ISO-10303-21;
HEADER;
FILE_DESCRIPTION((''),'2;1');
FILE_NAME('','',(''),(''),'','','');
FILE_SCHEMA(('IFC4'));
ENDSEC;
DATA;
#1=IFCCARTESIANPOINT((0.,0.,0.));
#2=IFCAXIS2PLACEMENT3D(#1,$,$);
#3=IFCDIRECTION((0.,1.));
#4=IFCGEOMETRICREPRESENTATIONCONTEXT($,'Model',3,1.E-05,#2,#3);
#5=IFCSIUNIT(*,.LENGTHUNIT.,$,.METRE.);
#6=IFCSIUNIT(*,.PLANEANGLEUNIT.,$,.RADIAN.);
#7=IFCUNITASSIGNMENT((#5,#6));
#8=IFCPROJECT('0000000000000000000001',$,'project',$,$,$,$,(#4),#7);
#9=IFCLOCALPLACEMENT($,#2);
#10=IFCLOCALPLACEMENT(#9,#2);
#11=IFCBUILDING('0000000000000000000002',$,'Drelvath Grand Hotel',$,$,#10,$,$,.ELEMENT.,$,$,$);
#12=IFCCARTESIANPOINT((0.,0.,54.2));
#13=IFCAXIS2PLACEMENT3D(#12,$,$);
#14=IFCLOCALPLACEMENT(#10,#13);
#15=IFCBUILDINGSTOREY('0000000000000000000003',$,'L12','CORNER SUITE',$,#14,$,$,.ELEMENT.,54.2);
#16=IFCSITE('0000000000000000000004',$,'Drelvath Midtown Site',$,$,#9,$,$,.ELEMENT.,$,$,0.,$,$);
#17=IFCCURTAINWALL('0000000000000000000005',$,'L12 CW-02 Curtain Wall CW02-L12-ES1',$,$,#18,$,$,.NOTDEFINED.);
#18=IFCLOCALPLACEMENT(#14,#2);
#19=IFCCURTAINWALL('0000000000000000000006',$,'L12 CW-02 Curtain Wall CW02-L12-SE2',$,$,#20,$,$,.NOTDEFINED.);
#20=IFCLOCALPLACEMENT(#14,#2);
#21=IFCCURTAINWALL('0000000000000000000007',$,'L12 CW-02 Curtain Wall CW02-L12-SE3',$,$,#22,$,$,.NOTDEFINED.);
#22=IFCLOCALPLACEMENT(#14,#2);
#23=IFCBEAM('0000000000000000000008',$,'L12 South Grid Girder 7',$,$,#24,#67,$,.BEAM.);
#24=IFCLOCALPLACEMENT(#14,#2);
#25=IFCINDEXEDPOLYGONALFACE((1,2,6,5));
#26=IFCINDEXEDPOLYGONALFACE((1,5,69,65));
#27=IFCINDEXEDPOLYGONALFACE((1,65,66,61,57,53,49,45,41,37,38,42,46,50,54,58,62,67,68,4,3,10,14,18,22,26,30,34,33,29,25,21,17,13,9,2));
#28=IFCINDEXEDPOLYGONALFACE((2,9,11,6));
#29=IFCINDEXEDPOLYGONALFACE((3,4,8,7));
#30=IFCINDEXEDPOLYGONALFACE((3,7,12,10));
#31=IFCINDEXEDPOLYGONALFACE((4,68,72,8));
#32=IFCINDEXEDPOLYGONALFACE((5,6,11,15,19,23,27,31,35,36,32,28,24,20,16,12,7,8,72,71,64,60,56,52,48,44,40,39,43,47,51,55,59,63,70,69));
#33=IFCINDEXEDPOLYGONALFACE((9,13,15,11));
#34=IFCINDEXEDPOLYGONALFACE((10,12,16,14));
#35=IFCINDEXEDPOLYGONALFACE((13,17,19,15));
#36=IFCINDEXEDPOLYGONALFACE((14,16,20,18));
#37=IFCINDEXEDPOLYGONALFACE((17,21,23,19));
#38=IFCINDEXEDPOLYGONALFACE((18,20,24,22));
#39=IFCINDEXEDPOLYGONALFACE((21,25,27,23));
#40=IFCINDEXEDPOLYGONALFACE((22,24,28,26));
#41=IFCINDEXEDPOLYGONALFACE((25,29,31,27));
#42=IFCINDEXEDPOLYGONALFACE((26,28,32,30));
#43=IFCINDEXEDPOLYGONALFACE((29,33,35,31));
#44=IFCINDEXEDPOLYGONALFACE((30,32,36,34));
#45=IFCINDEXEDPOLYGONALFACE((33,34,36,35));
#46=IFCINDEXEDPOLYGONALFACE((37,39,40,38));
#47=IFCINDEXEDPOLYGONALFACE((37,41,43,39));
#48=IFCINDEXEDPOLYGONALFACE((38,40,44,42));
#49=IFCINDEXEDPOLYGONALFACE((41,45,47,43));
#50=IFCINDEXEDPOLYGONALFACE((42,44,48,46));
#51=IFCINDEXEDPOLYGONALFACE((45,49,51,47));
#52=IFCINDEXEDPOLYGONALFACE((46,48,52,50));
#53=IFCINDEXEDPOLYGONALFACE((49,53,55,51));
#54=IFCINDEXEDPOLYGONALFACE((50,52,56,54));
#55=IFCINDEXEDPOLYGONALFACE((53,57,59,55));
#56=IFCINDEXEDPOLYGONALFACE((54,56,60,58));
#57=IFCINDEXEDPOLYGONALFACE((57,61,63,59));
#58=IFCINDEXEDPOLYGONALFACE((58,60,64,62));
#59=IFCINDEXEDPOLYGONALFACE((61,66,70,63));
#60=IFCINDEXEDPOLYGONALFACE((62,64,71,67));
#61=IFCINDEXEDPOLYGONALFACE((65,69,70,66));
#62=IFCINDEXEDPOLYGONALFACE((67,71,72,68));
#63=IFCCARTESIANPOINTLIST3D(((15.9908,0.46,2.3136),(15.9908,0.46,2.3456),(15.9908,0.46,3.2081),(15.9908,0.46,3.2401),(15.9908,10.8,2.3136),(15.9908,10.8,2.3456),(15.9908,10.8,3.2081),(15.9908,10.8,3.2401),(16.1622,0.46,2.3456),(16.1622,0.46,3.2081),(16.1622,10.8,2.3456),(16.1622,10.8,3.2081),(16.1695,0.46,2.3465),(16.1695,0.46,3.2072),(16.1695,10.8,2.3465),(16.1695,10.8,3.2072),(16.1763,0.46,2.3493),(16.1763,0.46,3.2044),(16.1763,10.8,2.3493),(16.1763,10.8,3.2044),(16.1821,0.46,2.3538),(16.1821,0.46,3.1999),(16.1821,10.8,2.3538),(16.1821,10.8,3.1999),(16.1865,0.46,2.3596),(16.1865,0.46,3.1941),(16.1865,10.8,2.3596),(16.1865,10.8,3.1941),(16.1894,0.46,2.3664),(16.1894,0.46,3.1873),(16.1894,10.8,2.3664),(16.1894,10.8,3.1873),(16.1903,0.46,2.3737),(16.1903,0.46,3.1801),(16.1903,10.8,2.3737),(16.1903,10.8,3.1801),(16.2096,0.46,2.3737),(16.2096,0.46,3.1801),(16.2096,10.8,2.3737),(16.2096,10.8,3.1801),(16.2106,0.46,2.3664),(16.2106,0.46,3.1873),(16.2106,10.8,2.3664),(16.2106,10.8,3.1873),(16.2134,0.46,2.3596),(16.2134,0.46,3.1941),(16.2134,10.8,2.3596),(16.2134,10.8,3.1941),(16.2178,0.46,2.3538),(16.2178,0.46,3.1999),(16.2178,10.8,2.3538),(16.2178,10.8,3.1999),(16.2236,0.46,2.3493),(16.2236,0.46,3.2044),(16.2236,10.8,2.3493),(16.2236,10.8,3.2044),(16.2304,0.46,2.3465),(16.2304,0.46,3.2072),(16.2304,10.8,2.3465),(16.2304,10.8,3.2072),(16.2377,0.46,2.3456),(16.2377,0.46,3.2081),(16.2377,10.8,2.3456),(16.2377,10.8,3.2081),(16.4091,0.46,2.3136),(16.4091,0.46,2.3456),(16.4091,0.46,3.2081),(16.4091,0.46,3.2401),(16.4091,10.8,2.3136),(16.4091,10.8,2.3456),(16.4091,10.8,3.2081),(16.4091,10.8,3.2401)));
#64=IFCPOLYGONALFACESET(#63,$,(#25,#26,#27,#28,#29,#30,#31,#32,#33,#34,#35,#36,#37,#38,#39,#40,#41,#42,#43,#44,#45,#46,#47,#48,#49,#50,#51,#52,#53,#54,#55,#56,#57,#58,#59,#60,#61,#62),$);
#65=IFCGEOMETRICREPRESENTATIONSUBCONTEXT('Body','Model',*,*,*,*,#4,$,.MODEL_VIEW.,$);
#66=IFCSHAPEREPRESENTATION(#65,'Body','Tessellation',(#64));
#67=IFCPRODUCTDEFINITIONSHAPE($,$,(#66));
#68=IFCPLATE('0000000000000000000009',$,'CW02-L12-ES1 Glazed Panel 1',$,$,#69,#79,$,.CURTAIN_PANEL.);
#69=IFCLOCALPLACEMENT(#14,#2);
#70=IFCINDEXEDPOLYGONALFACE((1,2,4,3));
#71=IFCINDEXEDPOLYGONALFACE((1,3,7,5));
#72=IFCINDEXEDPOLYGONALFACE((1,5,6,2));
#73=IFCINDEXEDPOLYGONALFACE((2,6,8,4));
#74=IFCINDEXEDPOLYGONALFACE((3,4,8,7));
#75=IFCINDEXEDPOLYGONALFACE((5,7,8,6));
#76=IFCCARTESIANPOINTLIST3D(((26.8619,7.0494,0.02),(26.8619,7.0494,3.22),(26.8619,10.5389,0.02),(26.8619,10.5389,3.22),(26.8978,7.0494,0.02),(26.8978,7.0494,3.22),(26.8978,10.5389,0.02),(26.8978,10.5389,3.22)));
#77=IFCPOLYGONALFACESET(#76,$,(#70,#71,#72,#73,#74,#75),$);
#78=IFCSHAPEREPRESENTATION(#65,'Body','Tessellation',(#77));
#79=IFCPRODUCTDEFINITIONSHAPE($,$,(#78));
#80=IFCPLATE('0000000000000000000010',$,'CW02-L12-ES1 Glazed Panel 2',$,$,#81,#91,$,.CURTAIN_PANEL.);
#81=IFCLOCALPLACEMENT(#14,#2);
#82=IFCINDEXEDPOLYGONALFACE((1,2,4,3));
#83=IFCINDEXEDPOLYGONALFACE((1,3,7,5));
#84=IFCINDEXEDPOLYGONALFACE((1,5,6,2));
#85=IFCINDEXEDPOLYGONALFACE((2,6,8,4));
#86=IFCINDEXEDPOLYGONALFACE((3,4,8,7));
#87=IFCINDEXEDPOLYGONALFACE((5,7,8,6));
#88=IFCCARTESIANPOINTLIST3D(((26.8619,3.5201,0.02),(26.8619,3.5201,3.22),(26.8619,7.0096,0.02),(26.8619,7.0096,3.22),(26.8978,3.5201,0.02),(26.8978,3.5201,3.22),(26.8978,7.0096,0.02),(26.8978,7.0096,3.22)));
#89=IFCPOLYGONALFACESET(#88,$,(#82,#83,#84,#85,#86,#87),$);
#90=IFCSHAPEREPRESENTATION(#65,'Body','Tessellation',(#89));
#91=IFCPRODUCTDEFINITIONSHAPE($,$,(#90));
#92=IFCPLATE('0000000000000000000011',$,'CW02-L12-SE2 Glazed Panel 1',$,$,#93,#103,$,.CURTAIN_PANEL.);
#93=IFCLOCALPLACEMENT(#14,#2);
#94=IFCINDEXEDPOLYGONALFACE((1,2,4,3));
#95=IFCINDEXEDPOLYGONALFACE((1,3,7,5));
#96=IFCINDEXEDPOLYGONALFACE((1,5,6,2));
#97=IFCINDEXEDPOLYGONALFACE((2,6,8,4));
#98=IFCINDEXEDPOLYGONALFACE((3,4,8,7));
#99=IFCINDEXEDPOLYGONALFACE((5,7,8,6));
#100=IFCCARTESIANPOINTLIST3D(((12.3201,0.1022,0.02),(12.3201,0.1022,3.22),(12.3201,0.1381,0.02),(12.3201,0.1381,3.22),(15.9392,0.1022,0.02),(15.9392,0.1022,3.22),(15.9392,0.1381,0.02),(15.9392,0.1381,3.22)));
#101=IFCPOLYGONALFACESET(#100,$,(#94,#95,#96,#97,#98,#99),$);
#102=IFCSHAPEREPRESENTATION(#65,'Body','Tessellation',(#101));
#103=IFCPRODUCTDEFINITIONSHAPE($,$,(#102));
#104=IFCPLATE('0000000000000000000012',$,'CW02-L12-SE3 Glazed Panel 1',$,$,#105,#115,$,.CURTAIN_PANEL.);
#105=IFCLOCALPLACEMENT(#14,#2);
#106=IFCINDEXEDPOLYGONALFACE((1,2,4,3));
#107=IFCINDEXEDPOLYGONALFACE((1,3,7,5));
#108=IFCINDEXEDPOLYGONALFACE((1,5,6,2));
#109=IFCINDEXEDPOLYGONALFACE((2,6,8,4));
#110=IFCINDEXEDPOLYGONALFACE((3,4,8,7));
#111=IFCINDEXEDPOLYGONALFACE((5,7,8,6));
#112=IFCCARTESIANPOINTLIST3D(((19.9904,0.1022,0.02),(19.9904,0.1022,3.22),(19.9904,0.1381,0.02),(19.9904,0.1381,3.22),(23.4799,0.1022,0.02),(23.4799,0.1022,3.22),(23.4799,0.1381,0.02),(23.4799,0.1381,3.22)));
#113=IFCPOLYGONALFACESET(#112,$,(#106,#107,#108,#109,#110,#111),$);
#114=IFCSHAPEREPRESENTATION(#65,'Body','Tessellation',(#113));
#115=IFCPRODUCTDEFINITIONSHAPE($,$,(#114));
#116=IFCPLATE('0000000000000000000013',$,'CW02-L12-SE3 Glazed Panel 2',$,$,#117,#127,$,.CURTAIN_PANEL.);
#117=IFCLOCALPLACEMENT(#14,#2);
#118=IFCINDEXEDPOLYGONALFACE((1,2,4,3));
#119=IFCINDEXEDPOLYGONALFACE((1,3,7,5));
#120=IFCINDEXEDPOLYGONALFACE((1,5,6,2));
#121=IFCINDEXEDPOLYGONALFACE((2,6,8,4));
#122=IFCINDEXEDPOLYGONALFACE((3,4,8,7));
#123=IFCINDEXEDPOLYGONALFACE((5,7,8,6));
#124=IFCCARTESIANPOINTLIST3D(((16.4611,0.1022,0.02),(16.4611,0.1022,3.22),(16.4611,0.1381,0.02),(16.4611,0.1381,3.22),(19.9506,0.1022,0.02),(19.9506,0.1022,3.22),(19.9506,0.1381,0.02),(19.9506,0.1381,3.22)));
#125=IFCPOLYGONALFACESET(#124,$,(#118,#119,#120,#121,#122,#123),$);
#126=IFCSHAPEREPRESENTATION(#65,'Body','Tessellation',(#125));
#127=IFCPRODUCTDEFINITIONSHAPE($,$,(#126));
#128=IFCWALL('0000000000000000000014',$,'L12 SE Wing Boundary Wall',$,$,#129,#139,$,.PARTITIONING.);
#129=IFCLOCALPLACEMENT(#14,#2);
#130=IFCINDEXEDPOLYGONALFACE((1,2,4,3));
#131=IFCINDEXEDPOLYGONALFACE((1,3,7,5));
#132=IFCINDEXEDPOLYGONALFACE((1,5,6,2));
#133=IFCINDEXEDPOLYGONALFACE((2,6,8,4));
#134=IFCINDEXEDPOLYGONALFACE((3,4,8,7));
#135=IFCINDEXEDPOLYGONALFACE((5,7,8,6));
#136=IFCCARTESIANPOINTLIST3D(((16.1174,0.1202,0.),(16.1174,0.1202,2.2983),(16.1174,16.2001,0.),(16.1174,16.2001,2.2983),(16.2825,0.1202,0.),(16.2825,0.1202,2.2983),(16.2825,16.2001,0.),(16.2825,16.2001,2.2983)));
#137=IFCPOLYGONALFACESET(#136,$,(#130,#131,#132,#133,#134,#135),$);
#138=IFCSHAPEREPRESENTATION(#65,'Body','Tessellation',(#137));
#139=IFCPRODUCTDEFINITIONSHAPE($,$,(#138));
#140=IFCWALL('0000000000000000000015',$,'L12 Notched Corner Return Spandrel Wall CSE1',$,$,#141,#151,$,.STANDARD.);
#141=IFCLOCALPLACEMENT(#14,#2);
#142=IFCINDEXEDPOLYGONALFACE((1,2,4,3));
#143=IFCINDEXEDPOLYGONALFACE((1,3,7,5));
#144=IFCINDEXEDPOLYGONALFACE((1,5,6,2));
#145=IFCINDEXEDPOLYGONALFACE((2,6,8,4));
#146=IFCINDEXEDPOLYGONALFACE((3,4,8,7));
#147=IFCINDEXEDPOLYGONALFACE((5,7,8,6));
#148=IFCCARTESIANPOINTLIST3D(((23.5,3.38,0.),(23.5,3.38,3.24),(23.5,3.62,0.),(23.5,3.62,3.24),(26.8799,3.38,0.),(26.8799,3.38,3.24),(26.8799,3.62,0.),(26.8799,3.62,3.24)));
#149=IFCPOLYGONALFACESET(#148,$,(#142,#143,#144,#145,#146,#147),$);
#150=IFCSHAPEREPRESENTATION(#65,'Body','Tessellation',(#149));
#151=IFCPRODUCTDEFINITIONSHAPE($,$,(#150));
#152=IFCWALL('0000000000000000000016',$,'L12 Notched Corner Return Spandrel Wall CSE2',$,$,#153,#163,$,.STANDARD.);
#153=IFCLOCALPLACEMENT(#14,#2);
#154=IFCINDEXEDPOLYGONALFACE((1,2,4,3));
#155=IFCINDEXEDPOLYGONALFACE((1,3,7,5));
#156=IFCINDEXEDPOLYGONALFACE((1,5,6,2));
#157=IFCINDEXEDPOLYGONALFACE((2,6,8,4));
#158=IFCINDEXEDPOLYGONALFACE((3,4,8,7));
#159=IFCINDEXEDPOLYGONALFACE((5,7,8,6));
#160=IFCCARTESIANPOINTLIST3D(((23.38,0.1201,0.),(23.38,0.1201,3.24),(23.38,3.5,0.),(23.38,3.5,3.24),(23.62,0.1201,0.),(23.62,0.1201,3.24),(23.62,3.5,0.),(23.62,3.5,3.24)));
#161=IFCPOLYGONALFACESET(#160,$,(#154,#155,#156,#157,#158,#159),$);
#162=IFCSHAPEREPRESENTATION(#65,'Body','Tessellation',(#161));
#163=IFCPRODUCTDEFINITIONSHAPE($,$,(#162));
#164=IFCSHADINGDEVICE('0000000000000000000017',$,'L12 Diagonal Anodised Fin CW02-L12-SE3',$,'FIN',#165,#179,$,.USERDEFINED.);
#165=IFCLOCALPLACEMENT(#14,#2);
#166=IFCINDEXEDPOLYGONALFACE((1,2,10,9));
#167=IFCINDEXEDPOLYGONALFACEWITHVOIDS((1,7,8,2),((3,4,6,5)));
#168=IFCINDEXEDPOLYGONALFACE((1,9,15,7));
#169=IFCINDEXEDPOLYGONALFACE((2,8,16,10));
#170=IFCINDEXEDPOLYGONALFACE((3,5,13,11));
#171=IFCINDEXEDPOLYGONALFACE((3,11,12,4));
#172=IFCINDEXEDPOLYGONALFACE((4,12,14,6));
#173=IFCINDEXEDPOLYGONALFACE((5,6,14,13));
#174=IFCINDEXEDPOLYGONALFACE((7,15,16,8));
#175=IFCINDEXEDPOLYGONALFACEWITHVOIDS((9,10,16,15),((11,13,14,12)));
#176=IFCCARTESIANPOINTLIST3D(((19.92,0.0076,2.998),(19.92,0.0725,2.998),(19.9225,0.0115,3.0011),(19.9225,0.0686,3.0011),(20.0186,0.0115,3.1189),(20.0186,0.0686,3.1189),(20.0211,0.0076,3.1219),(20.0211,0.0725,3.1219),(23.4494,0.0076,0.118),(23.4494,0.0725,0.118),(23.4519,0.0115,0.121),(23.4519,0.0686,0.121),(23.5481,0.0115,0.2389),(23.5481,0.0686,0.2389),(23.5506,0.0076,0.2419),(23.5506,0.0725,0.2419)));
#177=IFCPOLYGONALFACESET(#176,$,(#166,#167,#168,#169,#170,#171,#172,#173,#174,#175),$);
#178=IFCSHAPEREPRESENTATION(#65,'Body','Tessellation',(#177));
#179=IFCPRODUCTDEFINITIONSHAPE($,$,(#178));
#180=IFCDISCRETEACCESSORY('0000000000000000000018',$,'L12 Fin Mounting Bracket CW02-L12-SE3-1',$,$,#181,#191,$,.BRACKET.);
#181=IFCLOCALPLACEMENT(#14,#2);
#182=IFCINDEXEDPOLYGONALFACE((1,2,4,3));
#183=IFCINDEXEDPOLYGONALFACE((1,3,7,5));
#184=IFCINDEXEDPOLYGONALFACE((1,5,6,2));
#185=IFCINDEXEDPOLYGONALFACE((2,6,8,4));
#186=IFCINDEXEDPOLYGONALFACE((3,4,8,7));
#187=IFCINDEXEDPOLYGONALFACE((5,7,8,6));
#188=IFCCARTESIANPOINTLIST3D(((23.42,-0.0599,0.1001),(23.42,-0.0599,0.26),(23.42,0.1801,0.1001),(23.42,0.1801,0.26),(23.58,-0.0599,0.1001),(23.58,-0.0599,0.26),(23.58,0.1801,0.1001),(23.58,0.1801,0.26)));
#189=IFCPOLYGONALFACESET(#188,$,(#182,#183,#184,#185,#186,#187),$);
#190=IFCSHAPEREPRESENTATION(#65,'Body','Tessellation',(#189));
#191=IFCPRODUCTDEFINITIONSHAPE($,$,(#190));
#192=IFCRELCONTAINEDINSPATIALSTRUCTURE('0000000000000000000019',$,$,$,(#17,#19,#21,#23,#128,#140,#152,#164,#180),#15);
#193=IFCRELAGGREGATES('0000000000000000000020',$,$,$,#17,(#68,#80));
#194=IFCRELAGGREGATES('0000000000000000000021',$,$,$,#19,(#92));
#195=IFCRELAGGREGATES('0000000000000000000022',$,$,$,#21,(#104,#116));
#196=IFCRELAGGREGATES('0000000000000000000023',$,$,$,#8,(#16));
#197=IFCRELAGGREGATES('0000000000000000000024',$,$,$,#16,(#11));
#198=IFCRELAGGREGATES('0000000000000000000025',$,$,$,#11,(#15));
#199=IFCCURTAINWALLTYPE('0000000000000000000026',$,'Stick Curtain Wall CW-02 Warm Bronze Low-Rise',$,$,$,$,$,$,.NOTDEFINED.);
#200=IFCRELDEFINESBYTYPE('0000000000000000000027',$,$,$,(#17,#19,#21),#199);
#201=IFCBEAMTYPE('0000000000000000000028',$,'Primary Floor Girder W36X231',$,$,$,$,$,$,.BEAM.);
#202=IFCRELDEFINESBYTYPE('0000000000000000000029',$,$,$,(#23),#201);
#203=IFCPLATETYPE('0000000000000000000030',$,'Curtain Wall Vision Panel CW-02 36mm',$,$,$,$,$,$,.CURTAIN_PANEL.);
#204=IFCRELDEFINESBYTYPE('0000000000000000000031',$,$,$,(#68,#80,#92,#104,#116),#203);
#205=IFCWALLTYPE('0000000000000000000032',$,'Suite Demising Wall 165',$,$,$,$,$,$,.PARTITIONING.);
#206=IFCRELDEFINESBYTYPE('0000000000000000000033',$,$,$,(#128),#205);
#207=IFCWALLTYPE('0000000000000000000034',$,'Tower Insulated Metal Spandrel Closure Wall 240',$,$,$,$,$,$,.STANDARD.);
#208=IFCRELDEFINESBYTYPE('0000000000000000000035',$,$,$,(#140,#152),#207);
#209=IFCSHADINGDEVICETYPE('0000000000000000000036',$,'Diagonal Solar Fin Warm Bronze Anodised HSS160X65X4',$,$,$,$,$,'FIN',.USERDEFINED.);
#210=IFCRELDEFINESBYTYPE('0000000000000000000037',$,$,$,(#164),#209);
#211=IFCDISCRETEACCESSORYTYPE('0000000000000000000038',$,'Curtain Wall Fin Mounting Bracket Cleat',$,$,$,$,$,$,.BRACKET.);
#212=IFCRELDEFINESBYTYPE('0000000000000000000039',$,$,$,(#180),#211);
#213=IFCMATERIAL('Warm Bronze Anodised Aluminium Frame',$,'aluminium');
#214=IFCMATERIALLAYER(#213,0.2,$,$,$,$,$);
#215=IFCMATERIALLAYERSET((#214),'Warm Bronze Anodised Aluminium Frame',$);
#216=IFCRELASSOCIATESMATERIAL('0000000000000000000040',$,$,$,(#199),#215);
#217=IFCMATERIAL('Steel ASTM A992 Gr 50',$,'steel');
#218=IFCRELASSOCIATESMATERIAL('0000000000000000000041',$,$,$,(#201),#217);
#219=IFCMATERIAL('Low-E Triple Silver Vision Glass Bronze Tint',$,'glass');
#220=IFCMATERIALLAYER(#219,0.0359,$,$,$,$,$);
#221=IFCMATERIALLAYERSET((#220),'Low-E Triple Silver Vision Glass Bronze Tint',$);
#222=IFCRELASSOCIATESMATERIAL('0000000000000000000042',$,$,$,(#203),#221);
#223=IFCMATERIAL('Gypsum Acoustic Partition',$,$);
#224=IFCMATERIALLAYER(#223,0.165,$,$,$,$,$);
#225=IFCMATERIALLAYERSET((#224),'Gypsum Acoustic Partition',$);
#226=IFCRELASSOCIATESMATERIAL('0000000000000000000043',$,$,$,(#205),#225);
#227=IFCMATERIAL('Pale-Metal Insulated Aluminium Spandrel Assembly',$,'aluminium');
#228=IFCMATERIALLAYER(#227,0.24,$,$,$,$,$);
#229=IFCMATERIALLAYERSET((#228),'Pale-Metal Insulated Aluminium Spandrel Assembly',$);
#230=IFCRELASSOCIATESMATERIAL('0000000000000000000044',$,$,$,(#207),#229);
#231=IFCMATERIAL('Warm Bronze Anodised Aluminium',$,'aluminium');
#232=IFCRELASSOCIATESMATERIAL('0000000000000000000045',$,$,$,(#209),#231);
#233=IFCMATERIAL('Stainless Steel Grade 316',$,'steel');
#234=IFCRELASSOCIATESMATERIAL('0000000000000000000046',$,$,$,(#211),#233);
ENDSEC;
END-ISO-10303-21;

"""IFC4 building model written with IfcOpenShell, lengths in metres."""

from ifc_helpers import new_model, si_unit, direction, frame, frame_2d, origin, origin_2d, place, context, subcontext, project, spatial, rectangle, hollow_rectangle, i_section, extrude, material, layer, layer_set, material_profile, profile_set, type_object, element, aggregate, save


model = new_model("IFC4")

# Units and contexts
model_context = context("Model", 3, precision=1e-05, world=origin(), true_north=direction((0.0, 1.0)))
body_context = subcontext(model_context, "Body", "Model", "MODEL_VIEW")
ifc_project = project(units=[si_unit("LENGTHUNIT", "METRE"), si_unit("PLANEANGLEUNIT", "RADIAN")], contexts=[model_context])

# Site, building, storey
site_placement = place(None, origin())
site = spatial("IfcSite", under=ifc_project, at=site_placement, Name="Drelvath Midtown Site", CompositionType="ELEMENT", RefElevation=0.0)
building_placement = place(site_placement, origin())
building = spatial("IfcBuilding", under=site, at=building_placement, Name="Drelvath Grand Hotel", CompositionType="ELEMENT")
storey_placement = place(building_placement, frame((0.0, 0.0, 54.2)))
storey = spatial("IfcBuildingStorey", under=building, at=storey_placement, Name="L12", Description="CORNER SUITE", CompositionType="ELEMENT", Elevation=54.2)

# Shared definitions
ifc_material_1 = material(Name="Steel ASTM A992 Gr 50", Category="steel")

# Curtain walls
ifc_material_2 = material(Name="Warm Bronze Anodised Aluminium Frame", Category="aluminium")
ifc_layer_1 = layer(ifc_material_2, 0.2)
ifc_layer_set_1 = layer_set([ifc_layer_1], Name="Warm Bronze Anodised Aluminium Frame")
curtain_wall_type = type_object("IfcCurtainWallType", Name="Stick Curtain Wall CW-02 Warm Bronze Low-Rise", PredefinedType="NOTDEFINED", material=ifc_layer_set_1)
curtain_wall_1_placement = place(storey_placement, origin())
curtain_wall_1 = element("IfcCurtainWall", 1, at=curtain_wall_1_placement, inside=storey, type_object=curtain_wall_type, Name="L12 CW-02 Curtain Wall CW02-L12-ES1", PredefinedType="NOTDEFINED")
curtain_wall_2_placement = place(storey_placement, origin())
curtain_wall_2 = element("IfcCurtainWall", 2, at=curtain_wall_2_placement, inside=storey, type_object=curtain_wall_type, Name="L12 CW-02 Curtain Wall CW02-L12-SE2", PredefinedType="NOTDEFINED")
curtain_wall_3_placement = place(storey_placement, origin())
curtain_wall_3 = element("IfcCurtainWall", 3, at=curtain_wall_3_placement, inside=storey, type_object=curtain_wall_type, Name="L12 CW-02 Curtain Wall CW02-L12-SE3", PredefinedType="NOTDEFINED")

# Beam
ifc_material_profile_1 = material_profile(ifc_material_1, i_section(OverallWidth=0.4182, OverallDepth=0.9265, WebThickness=0.0193, FlangeThickness=0.032, FilletRadius=0.0281, at=origin_2d()), Name="W36X231")
ifc_profile_set_1 = profile_set([ifc_material_profile_1], Name="Steel ASTM A992 Gr 50")
beam_type_1 = type_object("IfcBeamType", Name="Primary Floor Girder W36X231", PredefinedType="BEAM", material=ifc_profile_set_1)
beam_1_placement = place(storey_placement, frame((16.2, 0.46, 2.7769), z_axis=(0.0, 1.0, 0.0), x_axis=(-1.0, 0.0, 0.0)))
element("IfcBeam", 4, at=beam_1_placement, inside=storey, type_object=beam_type_1, Name="L12 South Grid Girder 7", PredefinedType="BEAM", context=body_context, shape_type="SweptSolid", body=[
    extrude(i_section(OverallWidth=0.4182, OverallDepth=0.9265, WebThickness=0.0193, FlangeThickness=0.032, FilletRadius=0.0281, at=origin_2d()), origin(), (0.0, 0.0, 1.0), 10.3401),
])

# Plates
ifc_material_3 = material(Name="Low-E Triple Silver Vision Glass Bronze Tint", Category="glass")
ifc_layer_2 = layer(ifc_material_3, 0.0359)
ifc_layer_set_2 = layer_set([ifc_layer_2], Name="Low-E Triple Silver Vision Glass Bronze Tint")
plate_type = type_object("IfcPlateType", Name="Curtain Wall Vision Panel CW-02 36mm", PredefinedType="CURTAIN_PANEL", material=ifc_layer_set_2)
plate_1_placement = place(storey_placement, frame((26.8799, 8.7942, 0.02), z_axis=(0.0, 0.0, 1.0), x_axis=(0.0, -1.0, 0.0)))
plate_1 = element("IfcPlate", 5, at=plate_1_placement, type_object=plate_type, Name="CW02-L12-ES1 Glazed Panel 1", PredefinedType="CURTAIN_PANEL", context=body_context, shape_type="SweptSolid", body=[
    extrude(rectangle(XDim=3.4895, YDim=0.0359, at=origin_2d()), origin(), (0.0, 0.0, 1.0), 3.2),
])
plate_2_placement = place(storey_placement, frame((26.8799, 5.2649, 0.02), z_axis=(0.0, 0.0, 1.0), x_axis=(0.0, -1.0, 0.0)))
plate_2 = element("IfcPlate", 6, at=plate_2_placement, type_object=plate_type, Name="CW02-L12-ES1 Glazed Panel 2", PredefinedType="CURTAIN_PANEL", context=body_context, shape_type="SweptSolid", body=[
    extrude(rectangle(XDim=3.4895, YDim=0.0359, at=origin_2d()), origin(), (0.0, 0.0, 1.0), 3.2),
])
aggregate(curtain_wall_1, [plate_1, plate_2])
plate_3_placement = place(storey_placement, frame((14.1296, 0.1201, 0.02), z_axis=(0.0, 0.0, 1.0), x_axis=(-1.0, 0.0, 0.0)))
plate_3 = element("IfcPlate", 7, at=plate_3_placement, type_object=plate_type, Name="CW02-L12-SE2 Glazed Panel 1", PredefinedType="CURTAIN_PANEL", context=body_context, shape_type="SweptSolid", body=[
    extrude(rectangle(XDim=3.6191, YDim=0.0359, at=origin_2d()), origin(), (0.0, 0.0, 1.0), 3.2),
])
aggregate(curtain_wall_2, [plate_3])
plate_4_placement = place(storey_placement, frame((21.7351, 0.1201, 0.02), z_axis=(0.0, 0.0, 1.0), x_axis=(-1.0, 0.0, 0.0)))
plate_4 = element("IfcPlate", 8, at=plate_4_placement, type_object=plate_type, Name="CW02-L12-SE3 Glazed Panel 1", PredefinedType="CURTAIN_PANEL", context=body_context, shape_type="SweptSolid", body=[
    extrude(rectangle(XDim=3.4895, YDim=0.0359, at=origin_2d()), origin(), (0.0, 0.0, 1.0), 3.2),
])
plate_5_placement = place(storey_placement, frame((18.2058, 0.1201, 0.02), z_axis=(0.0, 0.0, 1.0), x_axis=(-1.0, 0.0, 0.0)))
plate_5 = element("IfcPlate", 9, at=plate_5_placement, type_object=plate_type, Name="CW02-L12-SE3 Glazed Panel 2", PredefinedType="CURTAIN_PANEL", context=body_context, shape_type="SweptSolid", body=[
    extrude(rectangle(XDim=3.4895, YDim=0.0359, at=origin_2d()), origin(), (0.0, 0.0, 1.0), 3.2),
])
aggregate(curtain_wall_3, [plate_4, plate_5])

# Walls
ifc_material_4 = material(Name="Gypsum Acoustic Partition")
ifc_layer_3 = layer(ifc_material_4, 0.165)
ifc_layer_set_3 = layer_set([ifc_layer_3], Name="Gypsum Acoustic Partition")
wall_type_1 = type_object("IfcWallType", Name="Suite Demising Wall 165", PredefinedType="PARTITIONING", material=ifc_layer_set_3)
wall_placement = place(storey_placement, frame((16.2, 0.1201, 0.0), z_axis=(0.0, 0.0, 1.0), x_axis=(0.0, 1.0, 0.0)))
element("IfcWall", 10, at=wall_placement, inside=storey, type_object=wall_type_1, Name="L12 SE Wing Boundary Wall", PredefinedType="PARTITIONING", context=body_context, shape_type="SweptSolid", body=[
    extrude(rectangle(XDim=16.0798, YDim=0.165, at=frame_2d((8.04, 0.0))), origin(), (0.0, 0.0, 1.0), 2.2983),
])
ifc_material_5 = material(Name="Pale-Metal Insulated Aluminium Spandrel Assembly", Category="aluminium")
ifc_layer_4 = layer(ifc_material_5, 0.24)
ifc_layer_set_4 = layer_set([ifc_layer_4], Name="Pale-Metal Insulated Aluminium Spandrel Assembly")
wall_type_2 = type_object("IfcWallType", Name="Tower Insulated Metal Spandrel Closure Wall 240", PredefinedType="STANDARD", material=ifc_layer_set_4)
for number, where, z_axis, x_axis, name in (
    (11, (26.8799, 3.5, 0.0), (0.0, 0.0, 1.0), (-1.0, 0.0, 0.0), "L12 Notched Corner Return Spandrel Wall CSE1"),
    (12, (23.5, 3.5, 0.0), (0.0, 0.0, 1.0), (0.0, -1.0, 0.0), "L12 Notched Corner Return Spandrel Wall CSE2"),
):
    element("IfcWall", number, at=place(storey_placement, frame(where, z_axis=z_axis, x_axis=x_axis)), inside=storey, type_object=wall_type_2, Name=name, PredefinedType="STANDARD", context=body_context, shape_type="SweptSolid", body=[
        extrude(rectangle(XDim=3.3799, YDim=0.24, at=frame_2d((1.6899, 0.0))), origin(), (0.0, 0.0, 1.0), 3.24),
    ])

# Shading device
ifc_material_6 = material(Name="Warm Bronze Anodised Aluminium", Category="aluminium")
ifc_material_profile_2 = material_profile(ifc_material_6, hollow_rectangle(XDim=0.0649, YDim=0.1599, WallThickness=0.0039, at=origin_2d()), Name="HSS160X65X4")
ifc_profile_set_2 = profile_set([ifc_material_profile_2], Name="Warm Bronze Anodised Aluminium")
shading_device_type = type_object("IfcShadingDeviceType", Name="Diagonal Solar Fin Warm Bronze Anodised HSS160X65X4", ElementType="FIN", PredefinedType="USERDEFINED", material=ifc_profile_set_2)
shading_device_placement = place(storey_placement, frame((23.5, 0.04, 0.1799), z_axis=(-0.774783, 0.0, 0.632227), x_axis=(0.0, -1.0, 0.0)))
element("IfcShadingDevice", 13, at=shading_device_placement, inside=storey, type_object=shading_device_type, Name="L12 Diagonal Anodised Fin CW02-L12-SE3", ObjectType="FIN", PredefinedType="USERDEFINED", context=body_context, shape_type="SweptSolid", body=[
    extrude(hollow_rectangle(XDim=0.0649, YDim=0.1599, WallThickness=0.0039, at=origin_2d()), origin(), (0.0, 0.0, 1.0), 4.5554),
])

# Discrete accessory
ifc_material_7 = material(Name="Stainless Steel Grade 316", Category="steel")
discrete_accessory_type = type_object("IfcDiscreteAccessoryType", Name="Curtain Wall Fin Mounting Bracket Cleat", PredefinedType="BRACKET", material=ifc_material_7)
discrete_accessory_placement = place(storey_placement, frame((23.5, 0.0601, 0.1001), z_axis=(0.0, 0.0, 1.0), x_axis=(-1.0, 0.0, 0.0)))
element("IfcDiscreteAccessory", 14, at=discrete_accessory_placement, inside=storey, type_object=discrete_accessory_type, Name="L12 Fin Mounting Bracket CW02-L12-SE3-1", PredefinedType="BRACKET", context=body_context, shape_type="SweptSolid", body=[
    extrude(rectangle(XDim=0.1599, YDim=0.24, at=origin_2d()), origin(), (0.0, 0.0, 1.0), 0.1599),
])

save(model, "model.ifc")
